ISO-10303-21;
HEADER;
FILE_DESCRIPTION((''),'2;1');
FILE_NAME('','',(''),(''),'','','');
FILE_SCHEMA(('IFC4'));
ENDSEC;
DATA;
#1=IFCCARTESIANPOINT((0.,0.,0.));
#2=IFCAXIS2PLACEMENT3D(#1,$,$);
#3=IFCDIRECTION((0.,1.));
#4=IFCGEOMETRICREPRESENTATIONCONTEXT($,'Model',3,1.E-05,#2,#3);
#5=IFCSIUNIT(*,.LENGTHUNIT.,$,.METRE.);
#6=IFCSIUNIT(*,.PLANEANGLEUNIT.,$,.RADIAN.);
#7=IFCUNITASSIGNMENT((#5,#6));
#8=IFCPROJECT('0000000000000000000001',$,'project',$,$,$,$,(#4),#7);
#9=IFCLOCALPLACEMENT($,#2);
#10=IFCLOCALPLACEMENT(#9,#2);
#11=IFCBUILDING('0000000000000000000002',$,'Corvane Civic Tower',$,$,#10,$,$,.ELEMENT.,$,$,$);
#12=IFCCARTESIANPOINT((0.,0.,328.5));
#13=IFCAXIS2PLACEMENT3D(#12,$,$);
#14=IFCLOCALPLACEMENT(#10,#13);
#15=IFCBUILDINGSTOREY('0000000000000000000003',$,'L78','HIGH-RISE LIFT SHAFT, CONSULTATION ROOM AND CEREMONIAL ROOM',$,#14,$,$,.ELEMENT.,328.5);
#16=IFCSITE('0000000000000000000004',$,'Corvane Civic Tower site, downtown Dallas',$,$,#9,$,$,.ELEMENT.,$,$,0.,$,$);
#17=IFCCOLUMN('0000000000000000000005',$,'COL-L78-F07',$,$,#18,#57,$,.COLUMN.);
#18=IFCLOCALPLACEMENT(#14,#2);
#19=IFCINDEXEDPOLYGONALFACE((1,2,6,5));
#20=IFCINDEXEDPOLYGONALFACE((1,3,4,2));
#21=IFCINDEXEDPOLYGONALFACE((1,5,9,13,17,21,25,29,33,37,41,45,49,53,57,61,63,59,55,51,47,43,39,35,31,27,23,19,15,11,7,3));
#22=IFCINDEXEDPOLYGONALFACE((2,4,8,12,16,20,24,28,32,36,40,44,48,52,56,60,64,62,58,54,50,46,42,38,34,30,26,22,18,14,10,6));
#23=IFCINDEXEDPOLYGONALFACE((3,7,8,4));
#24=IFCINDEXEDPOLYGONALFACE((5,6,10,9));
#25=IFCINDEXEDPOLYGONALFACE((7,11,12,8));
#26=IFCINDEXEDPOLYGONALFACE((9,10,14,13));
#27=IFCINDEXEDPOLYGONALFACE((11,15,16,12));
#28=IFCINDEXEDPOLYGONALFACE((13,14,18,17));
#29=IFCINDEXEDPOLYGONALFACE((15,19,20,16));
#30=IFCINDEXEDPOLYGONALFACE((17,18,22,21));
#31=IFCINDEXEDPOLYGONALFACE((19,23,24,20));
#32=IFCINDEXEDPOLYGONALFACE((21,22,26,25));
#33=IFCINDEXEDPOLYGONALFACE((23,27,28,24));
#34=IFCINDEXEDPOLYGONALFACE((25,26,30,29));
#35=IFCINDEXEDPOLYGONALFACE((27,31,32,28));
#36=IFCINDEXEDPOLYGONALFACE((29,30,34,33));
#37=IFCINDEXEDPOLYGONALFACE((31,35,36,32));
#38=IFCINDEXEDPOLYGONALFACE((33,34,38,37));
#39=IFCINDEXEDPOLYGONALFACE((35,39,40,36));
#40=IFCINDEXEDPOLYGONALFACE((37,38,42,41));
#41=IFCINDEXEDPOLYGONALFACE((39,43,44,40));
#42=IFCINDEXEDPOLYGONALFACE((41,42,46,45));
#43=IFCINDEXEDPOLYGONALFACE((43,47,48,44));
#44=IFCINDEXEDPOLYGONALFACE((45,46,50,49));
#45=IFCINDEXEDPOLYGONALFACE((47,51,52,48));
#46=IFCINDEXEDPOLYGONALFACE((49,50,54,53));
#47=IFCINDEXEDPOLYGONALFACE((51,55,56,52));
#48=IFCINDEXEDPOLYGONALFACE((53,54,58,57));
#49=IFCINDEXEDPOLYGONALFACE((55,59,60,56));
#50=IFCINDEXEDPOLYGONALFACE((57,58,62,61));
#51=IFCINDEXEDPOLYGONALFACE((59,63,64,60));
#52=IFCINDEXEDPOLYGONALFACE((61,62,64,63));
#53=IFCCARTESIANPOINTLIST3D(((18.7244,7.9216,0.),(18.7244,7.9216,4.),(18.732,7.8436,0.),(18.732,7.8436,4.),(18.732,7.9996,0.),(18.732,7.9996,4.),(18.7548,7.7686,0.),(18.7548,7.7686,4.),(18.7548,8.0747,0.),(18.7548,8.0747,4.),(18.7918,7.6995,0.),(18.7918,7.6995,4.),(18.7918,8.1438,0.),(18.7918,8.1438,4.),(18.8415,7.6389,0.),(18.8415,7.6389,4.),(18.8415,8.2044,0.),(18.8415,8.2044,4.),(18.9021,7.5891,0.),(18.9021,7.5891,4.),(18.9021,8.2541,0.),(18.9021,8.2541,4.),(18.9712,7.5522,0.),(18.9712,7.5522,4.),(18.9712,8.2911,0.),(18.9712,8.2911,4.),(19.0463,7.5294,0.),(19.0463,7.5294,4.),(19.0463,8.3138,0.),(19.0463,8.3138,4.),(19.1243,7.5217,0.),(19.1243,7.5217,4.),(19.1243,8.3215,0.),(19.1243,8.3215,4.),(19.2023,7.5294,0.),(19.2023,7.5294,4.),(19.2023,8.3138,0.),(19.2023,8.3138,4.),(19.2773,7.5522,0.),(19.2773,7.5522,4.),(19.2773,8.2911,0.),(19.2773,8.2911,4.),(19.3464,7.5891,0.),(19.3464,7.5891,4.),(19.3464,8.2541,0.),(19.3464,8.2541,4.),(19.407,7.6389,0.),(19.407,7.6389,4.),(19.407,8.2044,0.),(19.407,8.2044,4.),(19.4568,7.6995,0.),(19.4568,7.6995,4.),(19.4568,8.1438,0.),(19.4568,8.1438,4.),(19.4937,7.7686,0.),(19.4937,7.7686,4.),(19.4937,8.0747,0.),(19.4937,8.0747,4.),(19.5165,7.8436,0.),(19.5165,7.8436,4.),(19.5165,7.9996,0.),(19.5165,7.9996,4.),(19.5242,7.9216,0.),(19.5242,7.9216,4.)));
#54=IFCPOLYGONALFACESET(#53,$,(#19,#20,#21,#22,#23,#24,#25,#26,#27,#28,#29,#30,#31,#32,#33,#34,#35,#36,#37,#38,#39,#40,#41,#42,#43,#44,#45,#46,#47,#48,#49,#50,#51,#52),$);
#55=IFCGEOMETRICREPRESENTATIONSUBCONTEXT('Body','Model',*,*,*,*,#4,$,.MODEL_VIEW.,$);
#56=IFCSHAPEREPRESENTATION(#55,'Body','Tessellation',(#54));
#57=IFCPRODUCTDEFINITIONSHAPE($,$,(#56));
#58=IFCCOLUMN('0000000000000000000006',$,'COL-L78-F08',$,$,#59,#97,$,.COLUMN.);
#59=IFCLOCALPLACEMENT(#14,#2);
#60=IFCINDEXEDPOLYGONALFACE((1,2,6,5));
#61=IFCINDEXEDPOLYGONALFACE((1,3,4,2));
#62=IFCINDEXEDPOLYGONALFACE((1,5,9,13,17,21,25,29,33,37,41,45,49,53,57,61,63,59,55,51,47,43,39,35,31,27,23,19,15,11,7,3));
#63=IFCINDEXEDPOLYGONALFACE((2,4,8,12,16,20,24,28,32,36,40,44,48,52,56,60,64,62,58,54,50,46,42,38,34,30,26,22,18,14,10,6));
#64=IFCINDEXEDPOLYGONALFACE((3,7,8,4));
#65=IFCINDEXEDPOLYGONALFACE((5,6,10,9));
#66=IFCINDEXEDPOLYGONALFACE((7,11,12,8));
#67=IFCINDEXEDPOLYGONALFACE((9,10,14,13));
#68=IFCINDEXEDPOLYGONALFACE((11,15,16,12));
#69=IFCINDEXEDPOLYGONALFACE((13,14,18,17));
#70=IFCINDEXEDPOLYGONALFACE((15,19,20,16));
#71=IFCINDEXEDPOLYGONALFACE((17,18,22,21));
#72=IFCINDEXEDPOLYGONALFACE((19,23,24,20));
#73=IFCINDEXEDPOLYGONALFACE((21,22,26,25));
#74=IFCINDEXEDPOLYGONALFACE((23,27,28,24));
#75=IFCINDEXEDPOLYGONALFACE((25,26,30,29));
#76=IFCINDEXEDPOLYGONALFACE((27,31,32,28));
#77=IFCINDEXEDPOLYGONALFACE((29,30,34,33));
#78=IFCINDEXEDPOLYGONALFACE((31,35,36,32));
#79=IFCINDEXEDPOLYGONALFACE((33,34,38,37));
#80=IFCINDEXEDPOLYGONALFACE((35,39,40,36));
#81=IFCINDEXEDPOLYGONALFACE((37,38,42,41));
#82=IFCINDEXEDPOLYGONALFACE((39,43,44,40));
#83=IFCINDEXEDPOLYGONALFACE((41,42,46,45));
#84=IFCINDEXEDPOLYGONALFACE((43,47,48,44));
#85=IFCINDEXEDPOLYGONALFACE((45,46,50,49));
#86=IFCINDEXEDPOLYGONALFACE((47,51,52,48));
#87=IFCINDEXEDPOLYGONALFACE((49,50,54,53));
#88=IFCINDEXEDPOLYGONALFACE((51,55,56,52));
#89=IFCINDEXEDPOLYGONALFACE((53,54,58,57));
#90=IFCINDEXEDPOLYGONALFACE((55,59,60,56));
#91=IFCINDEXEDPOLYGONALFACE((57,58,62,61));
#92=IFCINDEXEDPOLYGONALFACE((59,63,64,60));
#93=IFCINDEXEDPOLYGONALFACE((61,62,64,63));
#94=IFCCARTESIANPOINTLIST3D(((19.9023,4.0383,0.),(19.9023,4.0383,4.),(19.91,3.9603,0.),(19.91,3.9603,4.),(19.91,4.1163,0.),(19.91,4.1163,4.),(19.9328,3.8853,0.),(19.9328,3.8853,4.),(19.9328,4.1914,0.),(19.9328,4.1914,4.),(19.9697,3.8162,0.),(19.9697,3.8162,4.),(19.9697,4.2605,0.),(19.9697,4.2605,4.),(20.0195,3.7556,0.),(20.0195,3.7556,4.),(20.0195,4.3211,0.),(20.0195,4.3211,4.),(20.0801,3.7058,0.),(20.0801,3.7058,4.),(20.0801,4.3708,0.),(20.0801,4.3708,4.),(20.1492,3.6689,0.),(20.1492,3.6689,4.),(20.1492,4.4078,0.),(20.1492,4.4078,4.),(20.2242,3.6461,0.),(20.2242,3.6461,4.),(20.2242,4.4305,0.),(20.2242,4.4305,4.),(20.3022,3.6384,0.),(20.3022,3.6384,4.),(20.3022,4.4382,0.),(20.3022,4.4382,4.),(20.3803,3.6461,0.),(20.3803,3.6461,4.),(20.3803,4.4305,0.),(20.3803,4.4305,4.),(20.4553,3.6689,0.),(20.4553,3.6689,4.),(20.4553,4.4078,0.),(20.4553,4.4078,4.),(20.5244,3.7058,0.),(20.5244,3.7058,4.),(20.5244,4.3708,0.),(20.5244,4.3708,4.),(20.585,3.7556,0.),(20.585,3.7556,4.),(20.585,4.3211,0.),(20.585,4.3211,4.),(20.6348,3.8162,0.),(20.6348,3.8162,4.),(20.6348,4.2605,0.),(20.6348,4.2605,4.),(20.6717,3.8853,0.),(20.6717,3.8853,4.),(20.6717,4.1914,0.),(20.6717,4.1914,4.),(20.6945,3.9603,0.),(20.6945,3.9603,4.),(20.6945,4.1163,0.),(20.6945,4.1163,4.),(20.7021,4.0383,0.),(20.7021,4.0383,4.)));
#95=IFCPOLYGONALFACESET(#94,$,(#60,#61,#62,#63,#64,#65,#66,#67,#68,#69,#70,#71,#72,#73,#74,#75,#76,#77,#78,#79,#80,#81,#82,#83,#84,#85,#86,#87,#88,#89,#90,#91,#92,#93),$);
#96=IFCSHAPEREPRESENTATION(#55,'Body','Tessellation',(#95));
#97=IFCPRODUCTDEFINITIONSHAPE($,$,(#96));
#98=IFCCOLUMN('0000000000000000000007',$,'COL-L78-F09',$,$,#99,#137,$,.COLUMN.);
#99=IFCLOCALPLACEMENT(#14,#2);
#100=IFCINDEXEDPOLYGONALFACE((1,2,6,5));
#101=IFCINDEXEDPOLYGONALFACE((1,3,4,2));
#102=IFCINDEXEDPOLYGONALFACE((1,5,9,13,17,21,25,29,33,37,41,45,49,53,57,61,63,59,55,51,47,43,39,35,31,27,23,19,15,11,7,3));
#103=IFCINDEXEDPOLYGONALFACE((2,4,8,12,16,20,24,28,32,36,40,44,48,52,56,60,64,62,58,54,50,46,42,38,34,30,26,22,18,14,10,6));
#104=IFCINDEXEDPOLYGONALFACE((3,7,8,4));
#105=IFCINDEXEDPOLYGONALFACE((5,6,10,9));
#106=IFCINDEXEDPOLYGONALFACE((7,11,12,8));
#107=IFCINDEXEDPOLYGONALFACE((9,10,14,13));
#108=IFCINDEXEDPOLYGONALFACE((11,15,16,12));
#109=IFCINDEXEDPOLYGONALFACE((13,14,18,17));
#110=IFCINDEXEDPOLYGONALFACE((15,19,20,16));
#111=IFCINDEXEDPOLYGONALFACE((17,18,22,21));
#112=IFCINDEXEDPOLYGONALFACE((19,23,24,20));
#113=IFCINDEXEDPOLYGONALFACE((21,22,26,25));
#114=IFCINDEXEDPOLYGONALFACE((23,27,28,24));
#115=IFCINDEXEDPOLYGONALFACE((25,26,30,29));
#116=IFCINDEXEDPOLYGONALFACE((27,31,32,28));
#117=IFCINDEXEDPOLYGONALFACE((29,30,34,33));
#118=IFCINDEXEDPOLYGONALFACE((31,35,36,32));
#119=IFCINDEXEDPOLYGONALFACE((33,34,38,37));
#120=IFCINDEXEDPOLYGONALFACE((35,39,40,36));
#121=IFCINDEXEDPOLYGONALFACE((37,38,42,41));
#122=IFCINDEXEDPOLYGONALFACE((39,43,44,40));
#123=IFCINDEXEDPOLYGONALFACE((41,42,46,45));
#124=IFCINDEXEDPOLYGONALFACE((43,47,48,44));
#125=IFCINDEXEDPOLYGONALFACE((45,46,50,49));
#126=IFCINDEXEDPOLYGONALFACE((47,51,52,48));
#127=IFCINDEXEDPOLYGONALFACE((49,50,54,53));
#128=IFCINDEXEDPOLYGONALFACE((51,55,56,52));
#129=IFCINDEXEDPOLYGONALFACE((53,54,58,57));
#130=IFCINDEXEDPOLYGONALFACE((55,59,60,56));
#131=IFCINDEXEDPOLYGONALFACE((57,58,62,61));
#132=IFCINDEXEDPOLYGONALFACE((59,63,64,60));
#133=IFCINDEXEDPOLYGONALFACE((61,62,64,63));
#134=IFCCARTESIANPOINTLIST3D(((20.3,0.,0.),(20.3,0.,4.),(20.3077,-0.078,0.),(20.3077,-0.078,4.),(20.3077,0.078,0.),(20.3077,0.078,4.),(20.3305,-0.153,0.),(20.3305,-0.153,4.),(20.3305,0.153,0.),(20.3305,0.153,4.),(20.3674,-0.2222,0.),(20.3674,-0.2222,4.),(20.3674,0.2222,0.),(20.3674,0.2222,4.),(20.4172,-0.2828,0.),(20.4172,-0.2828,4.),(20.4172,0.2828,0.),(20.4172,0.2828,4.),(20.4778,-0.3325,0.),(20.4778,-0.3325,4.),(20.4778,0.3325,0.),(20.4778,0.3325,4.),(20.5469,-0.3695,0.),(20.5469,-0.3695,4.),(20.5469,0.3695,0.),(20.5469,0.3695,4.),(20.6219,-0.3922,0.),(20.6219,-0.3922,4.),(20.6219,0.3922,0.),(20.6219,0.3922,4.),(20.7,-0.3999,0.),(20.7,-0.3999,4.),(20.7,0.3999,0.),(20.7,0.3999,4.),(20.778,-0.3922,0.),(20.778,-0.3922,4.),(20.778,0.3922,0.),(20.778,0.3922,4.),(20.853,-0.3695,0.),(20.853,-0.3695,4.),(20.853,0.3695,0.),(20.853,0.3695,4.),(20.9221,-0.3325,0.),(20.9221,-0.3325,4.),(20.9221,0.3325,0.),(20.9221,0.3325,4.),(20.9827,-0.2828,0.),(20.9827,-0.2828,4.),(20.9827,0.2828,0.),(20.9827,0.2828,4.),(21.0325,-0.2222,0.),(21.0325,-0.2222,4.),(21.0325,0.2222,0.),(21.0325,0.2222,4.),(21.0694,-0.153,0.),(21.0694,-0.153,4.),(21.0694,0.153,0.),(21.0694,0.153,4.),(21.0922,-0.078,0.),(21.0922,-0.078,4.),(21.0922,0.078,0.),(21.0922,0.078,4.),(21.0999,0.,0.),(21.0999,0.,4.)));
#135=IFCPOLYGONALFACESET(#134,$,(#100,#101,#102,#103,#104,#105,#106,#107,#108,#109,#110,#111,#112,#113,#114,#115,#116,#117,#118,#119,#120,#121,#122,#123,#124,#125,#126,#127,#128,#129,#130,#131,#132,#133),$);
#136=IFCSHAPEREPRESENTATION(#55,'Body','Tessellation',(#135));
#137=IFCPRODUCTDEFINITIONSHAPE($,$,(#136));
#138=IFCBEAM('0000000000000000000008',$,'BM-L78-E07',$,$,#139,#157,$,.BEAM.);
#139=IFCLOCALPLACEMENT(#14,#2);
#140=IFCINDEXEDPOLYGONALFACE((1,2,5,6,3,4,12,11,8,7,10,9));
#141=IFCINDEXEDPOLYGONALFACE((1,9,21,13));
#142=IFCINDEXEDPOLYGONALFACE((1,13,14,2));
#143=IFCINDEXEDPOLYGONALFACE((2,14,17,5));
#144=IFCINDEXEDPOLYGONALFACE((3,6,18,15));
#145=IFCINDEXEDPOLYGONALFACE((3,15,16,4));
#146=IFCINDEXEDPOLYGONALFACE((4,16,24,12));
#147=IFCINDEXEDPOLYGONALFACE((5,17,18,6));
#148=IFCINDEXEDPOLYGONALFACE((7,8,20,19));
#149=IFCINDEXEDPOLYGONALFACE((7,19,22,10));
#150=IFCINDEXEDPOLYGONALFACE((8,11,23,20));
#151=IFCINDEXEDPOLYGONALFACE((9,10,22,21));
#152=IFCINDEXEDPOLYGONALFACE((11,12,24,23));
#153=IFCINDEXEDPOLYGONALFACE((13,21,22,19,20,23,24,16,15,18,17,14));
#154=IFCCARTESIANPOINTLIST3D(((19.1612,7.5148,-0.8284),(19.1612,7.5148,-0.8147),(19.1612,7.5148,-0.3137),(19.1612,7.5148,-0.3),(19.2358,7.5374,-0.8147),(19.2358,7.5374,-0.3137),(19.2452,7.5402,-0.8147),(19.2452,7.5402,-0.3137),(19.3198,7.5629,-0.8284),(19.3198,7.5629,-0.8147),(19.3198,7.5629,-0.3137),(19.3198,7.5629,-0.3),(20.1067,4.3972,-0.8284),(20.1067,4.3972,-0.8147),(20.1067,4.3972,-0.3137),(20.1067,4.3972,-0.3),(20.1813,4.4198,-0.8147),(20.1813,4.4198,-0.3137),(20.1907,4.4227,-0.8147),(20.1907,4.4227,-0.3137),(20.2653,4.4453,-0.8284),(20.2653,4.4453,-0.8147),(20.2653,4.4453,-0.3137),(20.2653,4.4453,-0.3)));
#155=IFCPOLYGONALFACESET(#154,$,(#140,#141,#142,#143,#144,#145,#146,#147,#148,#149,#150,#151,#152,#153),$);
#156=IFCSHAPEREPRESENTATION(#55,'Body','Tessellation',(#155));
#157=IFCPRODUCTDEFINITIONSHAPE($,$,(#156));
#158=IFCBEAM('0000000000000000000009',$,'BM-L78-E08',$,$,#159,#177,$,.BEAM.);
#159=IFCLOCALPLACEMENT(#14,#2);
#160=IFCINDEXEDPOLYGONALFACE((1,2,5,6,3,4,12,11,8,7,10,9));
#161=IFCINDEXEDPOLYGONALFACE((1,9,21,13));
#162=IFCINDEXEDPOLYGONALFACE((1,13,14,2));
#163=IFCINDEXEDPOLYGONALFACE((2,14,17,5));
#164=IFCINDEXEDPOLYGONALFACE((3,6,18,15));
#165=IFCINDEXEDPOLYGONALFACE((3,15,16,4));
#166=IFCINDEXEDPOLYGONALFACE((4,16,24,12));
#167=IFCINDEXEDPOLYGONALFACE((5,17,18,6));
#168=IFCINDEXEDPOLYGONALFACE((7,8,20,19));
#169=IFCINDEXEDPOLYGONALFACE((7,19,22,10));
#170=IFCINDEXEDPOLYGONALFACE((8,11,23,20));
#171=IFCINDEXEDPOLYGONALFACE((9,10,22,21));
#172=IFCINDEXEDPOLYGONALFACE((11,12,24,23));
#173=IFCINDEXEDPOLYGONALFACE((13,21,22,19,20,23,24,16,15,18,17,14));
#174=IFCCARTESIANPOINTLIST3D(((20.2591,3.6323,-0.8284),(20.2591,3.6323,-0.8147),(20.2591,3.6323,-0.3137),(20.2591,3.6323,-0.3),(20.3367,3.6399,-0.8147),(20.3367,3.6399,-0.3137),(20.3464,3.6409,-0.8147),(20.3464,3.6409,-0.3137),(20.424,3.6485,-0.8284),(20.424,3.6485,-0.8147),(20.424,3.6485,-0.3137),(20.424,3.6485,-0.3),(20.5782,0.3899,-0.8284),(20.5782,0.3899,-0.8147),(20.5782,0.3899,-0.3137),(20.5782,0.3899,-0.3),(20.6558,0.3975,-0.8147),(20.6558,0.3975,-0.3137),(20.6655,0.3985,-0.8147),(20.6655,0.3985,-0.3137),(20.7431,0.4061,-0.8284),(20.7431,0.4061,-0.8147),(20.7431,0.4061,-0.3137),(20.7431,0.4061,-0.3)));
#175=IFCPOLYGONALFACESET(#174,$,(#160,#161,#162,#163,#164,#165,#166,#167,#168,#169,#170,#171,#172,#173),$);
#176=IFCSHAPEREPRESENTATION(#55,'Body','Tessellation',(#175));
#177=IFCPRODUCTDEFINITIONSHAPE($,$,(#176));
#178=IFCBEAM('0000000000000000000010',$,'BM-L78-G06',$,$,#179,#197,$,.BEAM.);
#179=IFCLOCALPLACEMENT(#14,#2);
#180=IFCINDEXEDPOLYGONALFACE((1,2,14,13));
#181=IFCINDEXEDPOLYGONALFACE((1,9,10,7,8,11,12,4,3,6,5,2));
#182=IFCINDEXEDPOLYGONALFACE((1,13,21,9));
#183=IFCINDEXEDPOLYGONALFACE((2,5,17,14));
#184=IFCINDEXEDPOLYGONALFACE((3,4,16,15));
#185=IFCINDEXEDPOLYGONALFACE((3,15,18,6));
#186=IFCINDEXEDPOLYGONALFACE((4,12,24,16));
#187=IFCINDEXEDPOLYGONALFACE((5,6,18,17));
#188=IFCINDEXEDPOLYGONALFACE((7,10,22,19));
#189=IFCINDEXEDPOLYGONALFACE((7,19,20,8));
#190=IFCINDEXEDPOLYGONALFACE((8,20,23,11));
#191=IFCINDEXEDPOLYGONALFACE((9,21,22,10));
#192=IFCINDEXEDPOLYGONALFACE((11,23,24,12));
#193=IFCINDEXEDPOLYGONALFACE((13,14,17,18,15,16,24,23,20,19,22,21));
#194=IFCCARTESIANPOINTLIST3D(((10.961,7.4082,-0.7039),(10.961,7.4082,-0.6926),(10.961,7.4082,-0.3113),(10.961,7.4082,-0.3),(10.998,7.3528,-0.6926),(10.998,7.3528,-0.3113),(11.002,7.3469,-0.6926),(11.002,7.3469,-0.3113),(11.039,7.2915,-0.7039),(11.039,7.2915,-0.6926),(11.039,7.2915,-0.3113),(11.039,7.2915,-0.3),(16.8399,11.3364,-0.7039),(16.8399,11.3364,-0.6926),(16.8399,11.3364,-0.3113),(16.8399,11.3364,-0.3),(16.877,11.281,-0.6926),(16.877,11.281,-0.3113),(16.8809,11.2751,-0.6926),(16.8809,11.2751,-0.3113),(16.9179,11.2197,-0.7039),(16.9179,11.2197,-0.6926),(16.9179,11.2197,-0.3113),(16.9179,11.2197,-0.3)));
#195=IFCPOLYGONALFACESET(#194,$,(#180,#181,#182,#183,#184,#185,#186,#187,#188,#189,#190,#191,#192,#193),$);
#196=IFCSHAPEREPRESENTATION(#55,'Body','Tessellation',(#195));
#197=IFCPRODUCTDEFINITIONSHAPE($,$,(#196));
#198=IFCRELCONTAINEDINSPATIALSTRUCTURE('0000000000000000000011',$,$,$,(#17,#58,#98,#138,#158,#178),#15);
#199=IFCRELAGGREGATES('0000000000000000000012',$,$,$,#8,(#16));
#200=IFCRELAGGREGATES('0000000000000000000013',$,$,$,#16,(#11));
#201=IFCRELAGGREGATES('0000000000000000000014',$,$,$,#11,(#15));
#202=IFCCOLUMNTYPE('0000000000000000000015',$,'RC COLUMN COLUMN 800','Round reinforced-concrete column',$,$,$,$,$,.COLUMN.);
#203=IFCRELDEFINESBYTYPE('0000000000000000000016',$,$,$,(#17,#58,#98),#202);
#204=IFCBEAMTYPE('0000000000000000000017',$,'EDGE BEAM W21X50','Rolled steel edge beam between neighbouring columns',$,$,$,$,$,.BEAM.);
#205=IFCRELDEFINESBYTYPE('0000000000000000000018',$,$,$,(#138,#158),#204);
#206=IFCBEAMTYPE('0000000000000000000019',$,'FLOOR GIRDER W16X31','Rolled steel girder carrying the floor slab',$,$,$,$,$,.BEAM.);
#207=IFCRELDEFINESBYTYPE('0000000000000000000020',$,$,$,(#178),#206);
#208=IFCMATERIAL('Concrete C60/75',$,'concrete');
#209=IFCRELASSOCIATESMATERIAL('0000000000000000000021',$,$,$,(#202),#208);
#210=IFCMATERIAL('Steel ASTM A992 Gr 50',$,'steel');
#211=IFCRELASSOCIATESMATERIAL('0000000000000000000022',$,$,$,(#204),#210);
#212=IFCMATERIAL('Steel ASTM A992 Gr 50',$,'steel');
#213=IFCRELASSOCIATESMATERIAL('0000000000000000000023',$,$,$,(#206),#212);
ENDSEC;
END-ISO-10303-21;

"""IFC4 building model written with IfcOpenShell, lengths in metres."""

from ifc_helpers import new_model, si_unit, direction, frame, origin, origin_2d, place, context, subcontext, project, spatial, circle, i_section, extrude, material, material_profile, profile_set, type_object, element, save


model = new_model("IFC4")

# Units and contexts
model_context = context("Model", 3, precision=1e-05, world=origin(), true_north=direction((0.0, 1.0)))
body_context = subcontext(model_context, "Body", "Model", "MODEL_VIEW")
ifc_project = project(units=[si_unit("LENGTHUNIT", "METRE"), si_unit("PLANEANGLEUNIT", "RADIAN")], contexts=[model_context])

# Site, building, storey
site_placement = place(None, origin())
site = spatial("IfcSite", under=ifc_project, at=site_placement, Name="Corvane Civic Tower site, downtown Dallas", CompositionType="ELEMENT", RefElevation=0.0)
building_placement = place(site_placement, origin())
building = spatial("IfcBuilding", under=site, at=building_placement, Name="Corvane Civic Tower", CompositionType="ELEMENT")
storey_placement = place(building_placement, frame((0.0, 0.0, 328.5)))
storey = spatial("IfcBuildingStorey", under=building, at=storey_placement, Name="L78", Description="HIGH-RISE LIFT SHAFT, CONSULTATION ROOM AND CEREMONIAL ROOM", CompositionType="ELEMENT", Elevation=328.5)

# Columns
ifc_material_1 = material(Name="Concrete C60/75", Category="concrete")
ifc_material_profile_1 = material_profile(ifc_material_1, circle(Radius=0.3999, at=origin_2d()), Name="COLUMN 800")
ifc_profile_set_1 = profile_set([ifc_material_profile_1], Name="Concrete C60/75")
column_type = type_object("IfcColumnType", Name="RC COLUMN COLUMN 800", Description="Round reinforced-concrete column", PredefinedType="COLUMN", material=ifc_profile_set_1)
for number, where, z_axis, x_axis, name in (
    (1, (19.1243, 7.9216, 0.0), (0.0, 0.0, 1.0), (1.0, 0.0, 0.0), "COL-L78-F07"),
    (2, (20.3022, 4.0383, 0.0), (0.0, 0.0, 1.0), (1.0, 0.0, 0.0), "COL-L78-F08"),
    (3, (20.7, 0.0, 0.0), (0.0, 0.0, 1.0), (1.0, 0.0, 0.0), "COL-L78-F09"),
):
    element("IfcColumn", number, at=place(storey_placement, frame(where, z_axis=z_axis, x_axis=x_axis)), inside=storey, type_object=column_type, Name=name, PredefinedType="COLUMN", context=body_context, shape_type="SweptSolid", body=[
        extrude(circle(Radius=0.3999, at=origin_2d()), origin(), (0.0, 0.0, 1.0), 4.0),
    ])

# Beams
ifc_material_2 = material(Name="Steel ASTM A992 Gr 50", Category="steel")
ifc_material_profile_2 = material_profile(ifc_material_2, i_section(OverallWidth=0.1658, OverallDepth=0.5283, WebThickness=0.0098, FlangeThickness=0.0137, at=origin_2d()), Name="W21X50")
ifc_profile_set_2 = profile_set([ifc_material_profile_2], Name="Steel ASTM A992 Gr 50")
beam_type_1 = type_object("IfcBeamType", Name="EDGE BEAM W21X50", Description="Rolled steel edge beam between neighbouring columns", PredefinedType="BEAM", material=ifc_profile_set_2)
beam_1_placement = place(storey_placement, frame((19.2405, 7.5388, -0.5642), z_axis=(0.290234, -0.956956, 0.0), x_axis=(0.956956, 0.290234, 0.0)))
element("IfcBeam", 4, at=beam_1_placement, inside=storey, type_object=beam_type_1, Name="BM-L78-E07", PredefinedType="BEAM", context=body_context, shape_type="SweptSolid", body=[
    extrude(i_section(OverallWidth=0.1658, OverallDepth=0.5283, WebThickness=0.0098, FlangeThickness=0.0137, at=origin_2d()), origin(), (0.0, 0.0, 1.0), 3.2578),
])
beam_2_placement = place(storey_placement, frame((20.3416, 3.6404, -0.5642), z_axis=(0.097938, -0.995193, 0.0), x_axis=(0.995193, 0.097938, 0.0)))
element("IfcBeam", 5, at=beam_2_placement, inside=storey, type_object=beam_type_1, Name="BM-L78-E08", PredefinedType="BEAM", context=body_context, shape_type="SweptSolid", body=[
    extrude(i_section(OverallWidth=0.1658, OverallDepth=0.5283, WebThickness=0.0098, FlangeThickness=0.0137, at=origin_2d()), origin(), (0.0, 0.0, 1.0), 3.2581),
])
ifc_material_3 = material(Name="Steel ASTM A992 Gr 50", Category="steel")
ifc_material_profile_3 = material_profile(ifc_material_3, i_section(OverallWidth=0.1404, OverallDepth=0.4038, WebThickness=0.0071, FlangeThickness=0.0112, at=origin_2d()), Name="W16X31")
ifc_profile_set_3 = profile_set([ifc_material_profile_3], Name="Steel ASTM A992 Gr 50")
beam_type_2 = type_object("IfcBeamType", Name="FLOOR GIRDER W16X31", Description="Rolled steel girder carrying the floor slab", PredefinedType="BEAM", material=ifc_profile_set_3)
beam_3_placement = place(storey_placement, frame((11.0, 7.3499, -0.502), z_axis=(0.831465, 0.555576, 0.0), x_axis=(-0.555576, 0.831465, 0.0)))
element("IfcBeam", 6, at=beam_3_placement, inside=storey, type_object=beam_type_2, Name="BM-L78-G06", PredefinedType="BEAM", context=body_context, shape_type="SweptSolid", body=[
    extrude(i_section(OverallWidth=0.1404, OverallDepth=0.4038, WebThickness=0.0071, FlangeThickness=0.0112, at=origin_2d()), origin(), (0.0, 0.0, 1.0), 7.0706),
])

save(model, "model.ifc")
